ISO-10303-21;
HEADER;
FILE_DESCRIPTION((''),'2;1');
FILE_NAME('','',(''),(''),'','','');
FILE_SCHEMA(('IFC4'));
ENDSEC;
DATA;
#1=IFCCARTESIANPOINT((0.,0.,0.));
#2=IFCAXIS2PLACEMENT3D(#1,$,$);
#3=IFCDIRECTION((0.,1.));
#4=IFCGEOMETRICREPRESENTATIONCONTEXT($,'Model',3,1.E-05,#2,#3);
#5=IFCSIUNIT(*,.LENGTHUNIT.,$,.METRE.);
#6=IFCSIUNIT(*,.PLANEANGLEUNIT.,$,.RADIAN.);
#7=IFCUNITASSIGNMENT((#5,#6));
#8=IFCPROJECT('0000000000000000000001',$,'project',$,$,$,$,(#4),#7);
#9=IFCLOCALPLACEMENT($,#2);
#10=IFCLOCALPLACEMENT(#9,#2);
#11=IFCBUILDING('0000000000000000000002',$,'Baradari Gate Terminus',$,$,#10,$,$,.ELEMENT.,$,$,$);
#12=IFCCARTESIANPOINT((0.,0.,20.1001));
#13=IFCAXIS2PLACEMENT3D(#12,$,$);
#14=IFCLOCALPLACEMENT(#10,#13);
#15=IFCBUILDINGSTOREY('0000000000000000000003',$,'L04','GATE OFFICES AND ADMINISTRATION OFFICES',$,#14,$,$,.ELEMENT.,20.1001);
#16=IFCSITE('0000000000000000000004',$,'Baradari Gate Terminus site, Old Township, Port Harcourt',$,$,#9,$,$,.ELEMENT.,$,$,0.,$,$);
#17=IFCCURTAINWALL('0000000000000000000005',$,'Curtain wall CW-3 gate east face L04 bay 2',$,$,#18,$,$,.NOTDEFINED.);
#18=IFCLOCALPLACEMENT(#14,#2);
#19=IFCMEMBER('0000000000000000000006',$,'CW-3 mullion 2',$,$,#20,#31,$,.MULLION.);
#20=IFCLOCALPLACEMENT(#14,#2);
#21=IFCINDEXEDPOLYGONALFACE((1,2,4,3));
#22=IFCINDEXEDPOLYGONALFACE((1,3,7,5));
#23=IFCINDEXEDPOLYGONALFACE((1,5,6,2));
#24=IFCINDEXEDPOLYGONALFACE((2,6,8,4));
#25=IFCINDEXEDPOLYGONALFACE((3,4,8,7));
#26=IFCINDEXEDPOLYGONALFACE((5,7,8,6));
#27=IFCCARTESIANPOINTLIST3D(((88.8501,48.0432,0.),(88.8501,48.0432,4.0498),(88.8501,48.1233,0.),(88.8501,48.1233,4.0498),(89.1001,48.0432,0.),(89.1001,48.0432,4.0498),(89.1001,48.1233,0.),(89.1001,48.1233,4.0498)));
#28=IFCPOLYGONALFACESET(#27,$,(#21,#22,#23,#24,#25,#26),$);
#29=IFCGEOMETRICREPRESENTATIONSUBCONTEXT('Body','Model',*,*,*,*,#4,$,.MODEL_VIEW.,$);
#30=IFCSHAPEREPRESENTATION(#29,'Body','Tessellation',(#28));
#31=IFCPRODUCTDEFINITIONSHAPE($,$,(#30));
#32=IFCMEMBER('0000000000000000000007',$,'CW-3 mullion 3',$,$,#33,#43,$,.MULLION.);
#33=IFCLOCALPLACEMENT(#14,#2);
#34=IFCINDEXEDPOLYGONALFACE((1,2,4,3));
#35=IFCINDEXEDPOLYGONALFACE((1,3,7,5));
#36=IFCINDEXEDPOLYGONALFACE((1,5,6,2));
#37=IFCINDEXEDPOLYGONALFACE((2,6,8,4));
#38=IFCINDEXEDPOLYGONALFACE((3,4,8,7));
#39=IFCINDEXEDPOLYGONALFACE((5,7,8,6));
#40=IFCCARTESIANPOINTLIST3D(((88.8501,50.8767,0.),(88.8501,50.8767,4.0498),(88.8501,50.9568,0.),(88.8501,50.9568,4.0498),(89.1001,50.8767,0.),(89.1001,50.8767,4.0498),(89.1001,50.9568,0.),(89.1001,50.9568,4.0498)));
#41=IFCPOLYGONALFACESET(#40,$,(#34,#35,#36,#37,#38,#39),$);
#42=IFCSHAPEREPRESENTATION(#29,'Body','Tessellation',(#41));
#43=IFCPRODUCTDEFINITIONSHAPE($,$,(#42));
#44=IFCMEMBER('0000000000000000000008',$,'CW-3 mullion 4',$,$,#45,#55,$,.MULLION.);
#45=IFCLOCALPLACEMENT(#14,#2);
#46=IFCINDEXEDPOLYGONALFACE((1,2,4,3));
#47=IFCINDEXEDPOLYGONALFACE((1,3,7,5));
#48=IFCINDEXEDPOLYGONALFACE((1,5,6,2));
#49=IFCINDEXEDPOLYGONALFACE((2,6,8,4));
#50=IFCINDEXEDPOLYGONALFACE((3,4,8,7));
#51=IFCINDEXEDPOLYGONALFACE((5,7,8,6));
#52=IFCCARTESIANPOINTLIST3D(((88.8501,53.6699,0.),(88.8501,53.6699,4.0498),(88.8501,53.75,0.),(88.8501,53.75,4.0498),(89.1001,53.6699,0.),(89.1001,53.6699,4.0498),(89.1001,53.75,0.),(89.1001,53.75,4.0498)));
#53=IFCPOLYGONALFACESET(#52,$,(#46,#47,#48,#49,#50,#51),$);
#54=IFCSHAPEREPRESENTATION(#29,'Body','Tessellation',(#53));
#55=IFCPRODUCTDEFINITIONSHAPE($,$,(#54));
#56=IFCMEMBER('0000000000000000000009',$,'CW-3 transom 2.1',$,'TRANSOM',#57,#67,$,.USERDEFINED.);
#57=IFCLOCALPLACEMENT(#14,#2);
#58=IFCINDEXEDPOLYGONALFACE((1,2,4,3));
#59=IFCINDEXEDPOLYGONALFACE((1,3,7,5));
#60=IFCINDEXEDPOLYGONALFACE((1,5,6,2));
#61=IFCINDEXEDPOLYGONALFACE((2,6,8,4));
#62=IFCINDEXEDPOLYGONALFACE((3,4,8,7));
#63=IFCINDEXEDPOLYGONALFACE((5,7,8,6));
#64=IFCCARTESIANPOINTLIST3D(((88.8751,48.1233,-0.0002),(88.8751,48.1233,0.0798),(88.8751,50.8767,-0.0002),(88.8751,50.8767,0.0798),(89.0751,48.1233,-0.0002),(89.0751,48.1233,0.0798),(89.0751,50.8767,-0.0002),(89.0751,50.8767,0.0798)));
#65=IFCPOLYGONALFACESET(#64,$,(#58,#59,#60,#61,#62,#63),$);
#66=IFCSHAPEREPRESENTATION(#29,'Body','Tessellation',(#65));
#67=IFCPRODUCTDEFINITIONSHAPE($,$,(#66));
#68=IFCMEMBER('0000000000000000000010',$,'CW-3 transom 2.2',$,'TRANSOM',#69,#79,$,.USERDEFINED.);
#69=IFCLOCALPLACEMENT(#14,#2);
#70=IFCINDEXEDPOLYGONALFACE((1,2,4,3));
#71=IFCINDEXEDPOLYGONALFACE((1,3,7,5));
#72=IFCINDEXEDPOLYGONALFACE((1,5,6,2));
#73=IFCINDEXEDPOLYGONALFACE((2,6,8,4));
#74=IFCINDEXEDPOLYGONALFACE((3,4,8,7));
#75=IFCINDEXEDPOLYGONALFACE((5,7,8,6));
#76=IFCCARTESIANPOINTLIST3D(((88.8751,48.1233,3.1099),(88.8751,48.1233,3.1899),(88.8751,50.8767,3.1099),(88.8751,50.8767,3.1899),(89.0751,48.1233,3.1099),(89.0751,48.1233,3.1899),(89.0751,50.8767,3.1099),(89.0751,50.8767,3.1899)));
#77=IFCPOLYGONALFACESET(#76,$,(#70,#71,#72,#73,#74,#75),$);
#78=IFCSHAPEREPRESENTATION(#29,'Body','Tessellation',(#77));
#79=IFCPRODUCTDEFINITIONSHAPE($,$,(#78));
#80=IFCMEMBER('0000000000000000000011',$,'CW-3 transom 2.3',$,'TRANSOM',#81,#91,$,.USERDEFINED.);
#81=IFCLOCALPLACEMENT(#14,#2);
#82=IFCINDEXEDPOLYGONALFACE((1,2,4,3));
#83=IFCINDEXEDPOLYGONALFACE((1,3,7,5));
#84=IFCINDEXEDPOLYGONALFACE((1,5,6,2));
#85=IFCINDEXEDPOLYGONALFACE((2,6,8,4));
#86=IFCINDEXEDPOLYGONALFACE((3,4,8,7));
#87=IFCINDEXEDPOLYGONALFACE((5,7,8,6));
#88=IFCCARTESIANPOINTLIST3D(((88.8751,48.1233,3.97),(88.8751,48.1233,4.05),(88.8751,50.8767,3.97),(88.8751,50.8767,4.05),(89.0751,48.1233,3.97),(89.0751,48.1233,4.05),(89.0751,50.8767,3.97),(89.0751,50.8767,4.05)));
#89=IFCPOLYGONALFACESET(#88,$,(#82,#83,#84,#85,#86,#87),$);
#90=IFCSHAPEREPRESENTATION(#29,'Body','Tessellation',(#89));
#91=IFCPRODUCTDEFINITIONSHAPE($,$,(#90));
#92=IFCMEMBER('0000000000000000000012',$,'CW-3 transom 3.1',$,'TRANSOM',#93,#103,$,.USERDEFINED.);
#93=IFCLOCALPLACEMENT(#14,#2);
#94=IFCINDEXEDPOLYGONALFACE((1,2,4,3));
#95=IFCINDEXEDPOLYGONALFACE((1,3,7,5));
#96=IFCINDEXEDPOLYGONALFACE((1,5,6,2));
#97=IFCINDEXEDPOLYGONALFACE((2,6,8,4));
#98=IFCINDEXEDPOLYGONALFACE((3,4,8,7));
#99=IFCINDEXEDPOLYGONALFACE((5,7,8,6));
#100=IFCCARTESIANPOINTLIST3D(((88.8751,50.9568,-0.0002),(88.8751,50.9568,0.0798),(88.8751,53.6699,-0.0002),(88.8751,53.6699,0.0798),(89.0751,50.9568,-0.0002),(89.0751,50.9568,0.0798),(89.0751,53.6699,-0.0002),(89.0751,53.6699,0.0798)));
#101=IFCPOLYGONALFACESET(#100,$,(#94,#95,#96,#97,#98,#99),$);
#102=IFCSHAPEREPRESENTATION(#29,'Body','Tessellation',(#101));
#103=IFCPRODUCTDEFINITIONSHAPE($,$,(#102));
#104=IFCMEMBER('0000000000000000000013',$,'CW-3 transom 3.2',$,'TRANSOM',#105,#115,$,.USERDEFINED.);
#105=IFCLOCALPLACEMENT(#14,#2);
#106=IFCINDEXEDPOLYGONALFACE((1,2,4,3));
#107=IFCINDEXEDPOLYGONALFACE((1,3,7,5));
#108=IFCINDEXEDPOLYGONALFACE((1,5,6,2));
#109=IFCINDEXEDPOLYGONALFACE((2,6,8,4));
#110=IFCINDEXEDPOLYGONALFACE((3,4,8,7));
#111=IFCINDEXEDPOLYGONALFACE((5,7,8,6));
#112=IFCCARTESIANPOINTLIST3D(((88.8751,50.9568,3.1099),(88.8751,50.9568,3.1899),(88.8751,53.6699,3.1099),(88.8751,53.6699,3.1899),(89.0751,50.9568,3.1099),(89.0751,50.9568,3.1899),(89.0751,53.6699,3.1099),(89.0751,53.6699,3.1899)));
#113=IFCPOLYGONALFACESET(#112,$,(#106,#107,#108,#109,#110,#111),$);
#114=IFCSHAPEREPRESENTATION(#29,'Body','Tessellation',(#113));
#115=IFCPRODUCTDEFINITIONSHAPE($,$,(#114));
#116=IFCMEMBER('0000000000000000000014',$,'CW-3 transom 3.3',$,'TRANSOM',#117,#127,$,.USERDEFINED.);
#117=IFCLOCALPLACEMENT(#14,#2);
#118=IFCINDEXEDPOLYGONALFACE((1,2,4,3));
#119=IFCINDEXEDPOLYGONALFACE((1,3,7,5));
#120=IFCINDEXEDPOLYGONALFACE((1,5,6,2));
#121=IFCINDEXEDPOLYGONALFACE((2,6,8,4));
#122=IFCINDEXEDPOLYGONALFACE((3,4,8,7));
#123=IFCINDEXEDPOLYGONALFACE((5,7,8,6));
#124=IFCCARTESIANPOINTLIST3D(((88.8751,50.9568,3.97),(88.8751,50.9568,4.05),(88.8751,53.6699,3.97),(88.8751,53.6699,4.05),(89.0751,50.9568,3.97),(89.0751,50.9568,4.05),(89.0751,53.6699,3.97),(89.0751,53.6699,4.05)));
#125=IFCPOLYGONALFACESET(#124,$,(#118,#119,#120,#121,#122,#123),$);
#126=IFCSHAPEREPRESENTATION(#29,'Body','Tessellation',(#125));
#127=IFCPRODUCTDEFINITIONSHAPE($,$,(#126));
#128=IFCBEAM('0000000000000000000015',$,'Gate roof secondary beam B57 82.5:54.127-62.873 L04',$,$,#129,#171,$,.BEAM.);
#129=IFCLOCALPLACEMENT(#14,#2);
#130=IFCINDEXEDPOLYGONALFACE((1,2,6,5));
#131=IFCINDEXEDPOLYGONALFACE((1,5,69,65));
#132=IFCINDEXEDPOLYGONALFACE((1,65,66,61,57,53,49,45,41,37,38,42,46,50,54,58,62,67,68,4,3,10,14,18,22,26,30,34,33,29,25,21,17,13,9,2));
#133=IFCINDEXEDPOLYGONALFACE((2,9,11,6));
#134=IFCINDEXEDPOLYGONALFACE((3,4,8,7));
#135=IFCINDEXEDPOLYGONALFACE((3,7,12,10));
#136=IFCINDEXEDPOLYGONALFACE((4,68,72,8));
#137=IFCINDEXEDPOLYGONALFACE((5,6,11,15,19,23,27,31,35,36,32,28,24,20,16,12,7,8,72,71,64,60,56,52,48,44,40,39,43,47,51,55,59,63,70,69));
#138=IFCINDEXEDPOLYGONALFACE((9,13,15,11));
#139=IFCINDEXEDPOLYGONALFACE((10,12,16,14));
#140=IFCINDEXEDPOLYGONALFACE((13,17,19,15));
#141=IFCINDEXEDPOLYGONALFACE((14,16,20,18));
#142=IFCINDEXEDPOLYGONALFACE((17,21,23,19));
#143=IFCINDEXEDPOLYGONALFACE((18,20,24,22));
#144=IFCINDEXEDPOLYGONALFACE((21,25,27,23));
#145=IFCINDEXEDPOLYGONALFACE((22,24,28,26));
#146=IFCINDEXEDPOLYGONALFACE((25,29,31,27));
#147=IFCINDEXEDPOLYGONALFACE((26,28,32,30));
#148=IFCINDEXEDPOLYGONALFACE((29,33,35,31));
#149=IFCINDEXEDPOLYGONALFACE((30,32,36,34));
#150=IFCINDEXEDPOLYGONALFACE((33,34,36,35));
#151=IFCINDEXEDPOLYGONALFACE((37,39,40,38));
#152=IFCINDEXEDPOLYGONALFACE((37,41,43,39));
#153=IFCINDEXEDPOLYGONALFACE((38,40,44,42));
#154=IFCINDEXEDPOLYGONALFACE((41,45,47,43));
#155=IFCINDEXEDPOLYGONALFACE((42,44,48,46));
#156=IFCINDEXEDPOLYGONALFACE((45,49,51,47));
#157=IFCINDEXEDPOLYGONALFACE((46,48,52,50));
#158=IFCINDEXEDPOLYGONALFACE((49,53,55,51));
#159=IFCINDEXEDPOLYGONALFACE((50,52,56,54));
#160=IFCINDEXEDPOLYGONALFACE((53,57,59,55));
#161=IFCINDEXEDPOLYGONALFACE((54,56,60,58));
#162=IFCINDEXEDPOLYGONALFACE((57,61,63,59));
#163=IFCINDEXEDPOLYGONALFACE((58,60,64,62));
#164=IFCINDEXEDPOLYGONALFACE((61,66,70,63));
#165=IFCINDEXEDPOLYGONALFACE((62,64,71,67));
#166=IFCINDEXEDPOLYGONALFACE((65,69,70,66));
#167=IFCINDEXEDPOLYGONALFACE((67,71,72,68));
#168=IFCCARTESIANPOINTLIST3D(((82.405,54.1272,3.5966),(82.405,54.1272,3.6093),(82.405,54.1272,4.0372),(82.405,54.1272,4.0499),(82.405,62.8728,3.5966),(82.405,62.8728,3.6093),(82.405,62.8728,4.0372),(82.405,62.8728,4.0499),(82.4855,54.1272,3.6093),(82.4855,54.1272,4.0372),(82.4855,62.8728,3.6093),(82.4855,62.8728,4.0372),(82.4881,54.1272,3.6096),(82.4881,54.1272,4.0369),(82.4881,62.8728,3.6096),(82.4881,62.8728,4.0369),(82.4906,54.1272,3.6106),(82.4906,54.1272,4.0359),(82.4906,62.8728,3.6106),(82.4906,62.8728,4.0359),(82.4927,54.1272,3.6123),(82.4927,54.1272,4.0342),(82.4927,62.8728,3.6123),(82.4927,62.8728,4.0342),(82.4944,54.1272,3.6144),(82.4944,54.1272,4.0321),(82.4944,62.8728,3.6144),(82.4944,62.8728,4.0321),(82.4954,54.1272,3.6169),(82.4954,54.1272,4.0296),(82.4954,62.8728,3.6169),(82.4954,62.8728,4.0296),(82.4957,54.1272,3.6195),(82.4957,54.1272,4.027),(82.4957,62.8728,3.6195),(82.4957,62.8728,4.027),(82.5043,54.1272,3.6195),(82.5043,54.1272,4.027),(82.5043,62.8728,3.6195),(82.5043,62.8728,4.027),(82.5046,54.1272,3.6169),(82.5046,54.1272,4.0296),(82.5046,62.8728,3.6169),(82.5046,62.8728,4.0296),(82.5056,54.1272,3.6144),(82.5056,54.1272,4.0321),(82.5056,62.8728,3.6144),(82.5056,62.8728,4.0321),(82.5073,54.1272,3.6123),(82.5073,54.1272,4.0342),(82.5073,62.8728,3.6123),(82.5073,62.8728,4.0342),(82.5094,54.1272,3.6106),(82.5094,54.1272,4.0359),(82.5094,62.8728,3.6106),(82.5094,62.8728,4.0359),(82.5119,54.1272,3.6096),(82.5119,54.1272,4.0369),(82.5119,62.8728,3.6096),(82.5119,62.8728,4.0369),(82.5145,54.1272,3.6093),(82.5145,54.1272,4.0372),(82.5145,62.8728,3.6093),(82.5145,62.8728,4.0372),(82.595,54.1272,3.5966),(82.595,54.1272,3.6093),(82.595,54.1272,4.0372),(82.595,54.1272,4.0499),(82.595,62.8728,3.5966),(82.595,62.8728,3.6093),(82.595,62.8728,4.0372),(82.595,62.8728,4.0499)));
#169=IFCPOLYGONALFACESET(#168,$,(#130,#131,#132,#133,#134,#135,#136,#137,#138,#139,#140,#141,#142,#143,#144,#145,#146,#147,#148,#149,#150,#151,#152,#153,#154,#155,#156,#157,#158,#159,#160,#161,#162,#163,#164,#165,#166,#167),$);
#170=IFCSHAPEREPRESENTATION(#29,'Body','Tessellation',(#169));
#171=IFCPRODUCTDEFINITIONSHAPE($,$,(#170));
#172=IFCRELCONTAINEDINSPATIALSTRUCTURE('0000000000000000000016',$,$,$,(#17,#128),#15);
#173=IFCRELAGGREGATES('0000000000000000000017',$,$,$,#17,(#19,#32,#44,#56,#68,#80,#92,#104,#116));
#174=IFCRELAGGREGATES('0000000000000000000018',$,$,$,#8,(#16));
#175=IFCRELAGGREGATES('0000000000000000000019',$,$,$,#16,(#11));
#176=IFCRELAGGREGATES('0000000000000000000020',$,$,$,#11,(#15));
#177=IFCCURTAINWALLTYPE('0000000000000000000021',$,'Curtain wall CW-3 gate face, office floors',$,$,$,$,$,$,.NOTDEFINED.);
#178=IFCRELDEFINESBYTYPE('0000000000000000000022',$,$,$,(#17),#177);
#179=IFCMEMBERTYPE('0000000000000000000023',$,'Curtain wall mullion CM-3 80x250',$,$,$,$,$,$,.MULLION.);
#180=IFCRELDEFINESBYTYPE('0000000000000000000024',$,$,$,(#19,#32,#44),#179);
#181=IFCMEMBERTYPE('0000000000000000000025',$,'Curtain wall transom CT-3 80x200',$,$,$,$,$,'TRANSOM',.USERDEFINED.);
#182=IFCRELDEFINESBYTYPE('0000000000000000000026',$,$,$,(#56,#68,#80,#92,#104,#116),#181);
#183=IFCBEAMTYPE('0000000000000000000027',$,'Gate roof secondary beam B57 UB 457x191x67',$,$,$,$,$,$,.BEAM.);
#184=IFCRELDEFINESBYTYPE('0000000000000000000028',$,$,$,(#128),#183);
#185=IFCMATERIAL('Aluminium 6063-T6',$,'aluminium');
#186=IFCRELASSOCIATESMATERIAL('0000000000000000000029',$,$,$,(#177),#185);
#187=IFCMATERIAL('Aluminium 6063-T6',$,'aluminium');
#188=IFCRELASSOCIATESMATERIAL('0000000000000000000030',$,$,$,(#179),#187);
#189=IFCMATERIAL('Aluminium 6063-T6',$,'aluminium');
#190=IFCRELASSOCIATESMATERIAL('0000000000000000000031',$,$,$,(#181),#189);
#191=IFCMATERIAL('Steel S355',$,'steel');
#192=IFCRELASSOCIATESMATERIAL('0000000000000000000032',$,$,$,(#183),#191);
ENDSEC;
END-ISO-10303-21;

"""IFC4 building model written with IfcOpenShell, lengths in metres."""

from ifc_helpers import new_model, si_unit, direction, frame, origin, origin_2d, place, context, subcontext, project, spatial, rectangle, i_section, extrude, material, material_profile, profile_set, type_object, element, aggregate, save


model = new_model("IFC4")

# Units and contexts
model_context = context("Model", 3, precision=1e-05, world=origin(), true_north=direction((0.0, 1.0)))
body_context = subcontext(model_context, "Body", "Model", "MODEL_VIEW")
ifc_project = project(units=[si_unit("LENGTHUNIT", "METRE"), si_unit("PLANEANGLEUNIT", "RADIAN")], contexts=[model_context])

# Site, building, storey
site_placement = place(None, origin())
site = spatial("IfcSite", under=ifc_project, at=site_placement, Name="Baradari Gate Terminus site, Old Township, Port Harcourt", CompositionType="ELEMENT", RefElevation=0.0)
building_placement = place(site_placement, origin())
building = spatial("IfcBuilding", under=site, at=building_placement, Name="Baradari Gate Terminus", CompositionType="ELEMENT")
storey_placement = place(building_placement, frame((0.0, 0.0, 20.1001)))
storey = spatial("IfcBuildingStorey", under=building, at=storey_placement, Name="L04", Description="GATE OFFICES AND ADMINISTRATION OFFICES", CompositionType="ELEMENT", Elevation=20.1001)

# Curtain wall, members
ifc_material_1 = material(Name="Aluminium 6063-T6", Category="aluminium")
curtain_wall_type = type_object("IfcCurtainWallType", Name="Curtain wall CW-3 gate face, office floors", PredefinedType="NOTDEFINED", material=ifc_material_1)
curtain_wall_placement = place(storey_placement, origin())
curtain_wall = element("IfcCurtainWall", 1, at=curtain_wall_placement, inside=storey, type_object=curtain_wall_type, Name="Curtain wall CW-3 gate east face L04 bay 2", PredefinedType="NOTDEFINED")
ifc_material_2 = material(Name="Aluminium 6063-T6", Category="aluminium")
ifc_material_profile_1 = material_profile(ifc_material_2, rectangle(XDim=0.25, YDim=0.0801, at=origin_2d()), Name="CM-3 80X250")
ifc_profile_set_1 = profile_set([ifc_material_profile_1], Name="Aluminium 6063-T6")
member_type_1 = type_object("IfcMemberType", Name="Curtain wall mullion CM-3 80x250", PredefinedType="MULLION", material=ifc_profile_set_1)
member_1_placement = place(storey_placement, frame((88.9751, 48.0833, 0.0), z_axis=(0.0, 0.0, 1.0), x_axis=(-1.0, 0.0, 0.0)))
member_1 = element("IfcMember", 2, at=member_1_placement, type_object=member_type_1, Name="CW-3 mullion 2", PredefinedType="MULLION", context=body_context, shape_type="SweptSolid", body=[
    extrude(rectangle(XDim=0.25, YDim=0.0801, at=origin_2d()), origin(), (0.0, 0.0, 1.0), 4.0498),
])
member_2_placement = place(storey_placement, frame((88.9751, 50.9167, 0.0), z_axis=(0.0, 0.0, 1.0), x_axis=(-1.0, 0.0, 0.0)))
member_2 = element("IfcMember", 3, at=member_2_placement, type_object=member_type_1, Name="CW-3 mullion 3", PredefinedType="MULLION", context=body_context, shape_type="SweptSolid", body=[
    extrude(rectangle(XDim=0.25, YDim=0.0801, at=origin_2d()), origin(), (0.0, 0.0, 1.0), 4.0498),
])
member_3_placement = place(storey_placement, frame((88.9751, 53.71, 0.0), z_axis=(0.0, 0.0, 1.0), x_axis=(-1.0, 0.0, 0.0)))
member_3 = element("IfcMember", 4, at=member_3_placement, type_object=member_type_1, Name="CW-3 mullion 4", PredefinedType="MULLION", context=body_context, shape_type="SweptSolid", body=[
    extrude(rectangle(XDim=0.25, YDim=0.0801, at=origin_2d()), origin(), (0.0, 0.0, 1.0), 4.0498),
])
ifc_material_3 = material(Name="Aluminium 6063-T6", Category="aluminium")
ifc_material_profile_2 = material_profile(ifc_material_3, rectangle(XDim=0.2, YDim=0.0801, at=origin_2d()), Name="CT-3 80X200")
ifc_profile_set_2 = profile_set([ifc_material_profile_2], Name="Aluminium 6063-T6")
member_type_2 = type_object("IfcMemberType", Name="Curtain wall transom CT-3 80x200", ElementType="TRANSOM", PredefinedType="USERDEFINED", material=ifc_profile_set_2)
member_4_placement = place(storey_placement, frame((88.9751, 48.1233, 0.0398), z_axis=(0.0, 1.0, 0.0), x_axis=(-1.0, 0.0, 0.0)))
member_4 = element("IfcMember", 5, at=member_4_placement, type_object=member_type_2, Name="CW-3 transom 2.1", ObjectType="TRANSOM", PredefinedType="USERDEFINED", context=body_context, shape_type="SweptSolid", body=[
    extrude(rectangle(XDim=0.2, YDim=0.0801, at=origin_2d()), origin(), (0.0, 0.0, 1.0), 2.7534),
])
member_5_placement = place(storey_placement, frame((88.9751, 48.1233, 3.1499), z_axis=(0.0, 1.0, 0.0), x_axis=(-1.0, 0.0, 0.0)))
member_5 = element("IfcMember", 6, at=member_5_placement, type_object=member_type_2, Name="CW-3 transom 2.2", ObjectType="TRANSOM", PredefinedType="USERDEFINED", context=body_context, shape_type="SweptSolid", body=[
    extrude(rectangle(XDim=0.2, YDim=0.0801, at=origin_2d()), origin(), (0.0, 0.0, 1.0), 2.7534),
])
member_6_placement = place(storey_placement, frame((88.9751, 48.1233, 4.01), z_axis=(0.0, 1.0, 0.0), x_axis=(-1.0, 0.0, 0.0)))
member_6 = element("IfcMember", 7, at=member_6_placement, type_object=member_type_2, Name="CW-3 transom 2.3", ObjectType="TRANSOM", PredefinedType="USERDEFINED", context=body_context, shape_type="SweptSolid", body=[
    extrude(rectangle(XDim=0.2, YDim=0.0801, at=origin_2d()), origin(), (0.0, 0.0, 1.0), 2.7534),
])
member_7_placement = place(storey_placement, frame((88.9751, 50.9568, 0.0398), z_axis=(0.0, 1.0, 0.0), x_axis=(-1.0, 0.0, 0.0)))
member_7 = element("IfcMember", 8, at=member_7_placement, type_object=member_type_2, Name="CW-3 transom 3.1", ObjectType="TRANSOM", PredefinedType="USERDEFINED", context=body_context, shape_type="SweptSolid", body=[
    extrude(rectangle(XDim=0.2, YDim=0.0801, at=origin_2d()), origin(), (0.0, 0.0, 1.0), 2.7131),
])
member_8_placement = place(storey_placement, frame((88.9751, 50.9568, 3.1499), z_axis=(0.0, 1.0, 0.0), x_axis=(-1.0, 0.0, 0.0)))
member_8 = element("IfcMember", 9, at=member_8_placement, type_object=member_type_2, Name="CW-3 transom 3.2", ObjectType="TRANSOM", PredefinedType="USERDEFINED", context=body_context, shape_type="SweptSolid", body=[
    extrude(rectangle(XDim=0.2, YDim=0.0801, at=origin_2d()), origin(), (0.0, 0.0, 1.0), 2.7131),
])
member_9_placement = place(storey_placement, frame((88.9751, 50.9568, 4.01), z_axis=(0.0, 1.0, 0.0), x_axis=(-1.0, 0.0, 0.0)))
member_9 = element("IfcMember", 10, at=member_9_placement, type_object=member_type_2, Name="CW-3 transom 3.3", ObjectType="TRANSOM", PredefinedType="USERDEFINED", context=body_context, shape_type="SweptSolid", body=[
    extrude(rectangle(XDim=0.2, YDim=0.0801, at=origin_2d()), origin(), (0.0, 0.0, 1.0), 2.7131),
])

# Beam
ifc_material_4 = material(Name="Steel S355", Category="steel")
ifc_material_profile_3 = material_profile(ifc_material_4, i_section(OverallWidth=0.1899, OverallDepth=0.4534, WebThickness=0.0085, FlangeThickness=0.0127, FilletRadius=0.0103, at=origin_2d()), Name="UB 457x191x67")
ifc_profile_set_3 = profile_set([ifc_material_profile_3], Name="Steel S355")
beam_type_1 = type_object("IfcBeamType", Name="Gate roof secondary beam B57 UB 457x191x67", PredefinedType="BEAM", material=ifc_profile_set_3)
for number, where, z_axis, x_axis, name in (
    (11, (82.5, 54.1272, 3.8232), (0.0, 1.0, 0.0), (-1.0, 0.0, 0.0), "Gate roof secondary beam B57 82.5:54.127-62.873 L04"),
):
    element("IfcBeam", number, at=place(storey_placement, frame(where, z_axis=z_axis, x_axis=x_axis)), inside=storey, type_object=beam_type_1, Name=name, PredefinedType="BEAM", context=body_context, shape_type="SweptSolid", body=[
        extrude(i_section(OverallWidth=0.1899, OverallDepth=0.4534, WebThickness=0.0085, FlangeThickness=0.0127, FilletRadius=0.0103, at=origin_2d()), origin(), (0.0, 0.0, 1.0), 8.7456),
    ])

aggregate(curtain_wall, [member_1, member_2, member_3, member_4, member_5, member_6, member_7, member_8, member_9])

save(model, "model.ifc")
